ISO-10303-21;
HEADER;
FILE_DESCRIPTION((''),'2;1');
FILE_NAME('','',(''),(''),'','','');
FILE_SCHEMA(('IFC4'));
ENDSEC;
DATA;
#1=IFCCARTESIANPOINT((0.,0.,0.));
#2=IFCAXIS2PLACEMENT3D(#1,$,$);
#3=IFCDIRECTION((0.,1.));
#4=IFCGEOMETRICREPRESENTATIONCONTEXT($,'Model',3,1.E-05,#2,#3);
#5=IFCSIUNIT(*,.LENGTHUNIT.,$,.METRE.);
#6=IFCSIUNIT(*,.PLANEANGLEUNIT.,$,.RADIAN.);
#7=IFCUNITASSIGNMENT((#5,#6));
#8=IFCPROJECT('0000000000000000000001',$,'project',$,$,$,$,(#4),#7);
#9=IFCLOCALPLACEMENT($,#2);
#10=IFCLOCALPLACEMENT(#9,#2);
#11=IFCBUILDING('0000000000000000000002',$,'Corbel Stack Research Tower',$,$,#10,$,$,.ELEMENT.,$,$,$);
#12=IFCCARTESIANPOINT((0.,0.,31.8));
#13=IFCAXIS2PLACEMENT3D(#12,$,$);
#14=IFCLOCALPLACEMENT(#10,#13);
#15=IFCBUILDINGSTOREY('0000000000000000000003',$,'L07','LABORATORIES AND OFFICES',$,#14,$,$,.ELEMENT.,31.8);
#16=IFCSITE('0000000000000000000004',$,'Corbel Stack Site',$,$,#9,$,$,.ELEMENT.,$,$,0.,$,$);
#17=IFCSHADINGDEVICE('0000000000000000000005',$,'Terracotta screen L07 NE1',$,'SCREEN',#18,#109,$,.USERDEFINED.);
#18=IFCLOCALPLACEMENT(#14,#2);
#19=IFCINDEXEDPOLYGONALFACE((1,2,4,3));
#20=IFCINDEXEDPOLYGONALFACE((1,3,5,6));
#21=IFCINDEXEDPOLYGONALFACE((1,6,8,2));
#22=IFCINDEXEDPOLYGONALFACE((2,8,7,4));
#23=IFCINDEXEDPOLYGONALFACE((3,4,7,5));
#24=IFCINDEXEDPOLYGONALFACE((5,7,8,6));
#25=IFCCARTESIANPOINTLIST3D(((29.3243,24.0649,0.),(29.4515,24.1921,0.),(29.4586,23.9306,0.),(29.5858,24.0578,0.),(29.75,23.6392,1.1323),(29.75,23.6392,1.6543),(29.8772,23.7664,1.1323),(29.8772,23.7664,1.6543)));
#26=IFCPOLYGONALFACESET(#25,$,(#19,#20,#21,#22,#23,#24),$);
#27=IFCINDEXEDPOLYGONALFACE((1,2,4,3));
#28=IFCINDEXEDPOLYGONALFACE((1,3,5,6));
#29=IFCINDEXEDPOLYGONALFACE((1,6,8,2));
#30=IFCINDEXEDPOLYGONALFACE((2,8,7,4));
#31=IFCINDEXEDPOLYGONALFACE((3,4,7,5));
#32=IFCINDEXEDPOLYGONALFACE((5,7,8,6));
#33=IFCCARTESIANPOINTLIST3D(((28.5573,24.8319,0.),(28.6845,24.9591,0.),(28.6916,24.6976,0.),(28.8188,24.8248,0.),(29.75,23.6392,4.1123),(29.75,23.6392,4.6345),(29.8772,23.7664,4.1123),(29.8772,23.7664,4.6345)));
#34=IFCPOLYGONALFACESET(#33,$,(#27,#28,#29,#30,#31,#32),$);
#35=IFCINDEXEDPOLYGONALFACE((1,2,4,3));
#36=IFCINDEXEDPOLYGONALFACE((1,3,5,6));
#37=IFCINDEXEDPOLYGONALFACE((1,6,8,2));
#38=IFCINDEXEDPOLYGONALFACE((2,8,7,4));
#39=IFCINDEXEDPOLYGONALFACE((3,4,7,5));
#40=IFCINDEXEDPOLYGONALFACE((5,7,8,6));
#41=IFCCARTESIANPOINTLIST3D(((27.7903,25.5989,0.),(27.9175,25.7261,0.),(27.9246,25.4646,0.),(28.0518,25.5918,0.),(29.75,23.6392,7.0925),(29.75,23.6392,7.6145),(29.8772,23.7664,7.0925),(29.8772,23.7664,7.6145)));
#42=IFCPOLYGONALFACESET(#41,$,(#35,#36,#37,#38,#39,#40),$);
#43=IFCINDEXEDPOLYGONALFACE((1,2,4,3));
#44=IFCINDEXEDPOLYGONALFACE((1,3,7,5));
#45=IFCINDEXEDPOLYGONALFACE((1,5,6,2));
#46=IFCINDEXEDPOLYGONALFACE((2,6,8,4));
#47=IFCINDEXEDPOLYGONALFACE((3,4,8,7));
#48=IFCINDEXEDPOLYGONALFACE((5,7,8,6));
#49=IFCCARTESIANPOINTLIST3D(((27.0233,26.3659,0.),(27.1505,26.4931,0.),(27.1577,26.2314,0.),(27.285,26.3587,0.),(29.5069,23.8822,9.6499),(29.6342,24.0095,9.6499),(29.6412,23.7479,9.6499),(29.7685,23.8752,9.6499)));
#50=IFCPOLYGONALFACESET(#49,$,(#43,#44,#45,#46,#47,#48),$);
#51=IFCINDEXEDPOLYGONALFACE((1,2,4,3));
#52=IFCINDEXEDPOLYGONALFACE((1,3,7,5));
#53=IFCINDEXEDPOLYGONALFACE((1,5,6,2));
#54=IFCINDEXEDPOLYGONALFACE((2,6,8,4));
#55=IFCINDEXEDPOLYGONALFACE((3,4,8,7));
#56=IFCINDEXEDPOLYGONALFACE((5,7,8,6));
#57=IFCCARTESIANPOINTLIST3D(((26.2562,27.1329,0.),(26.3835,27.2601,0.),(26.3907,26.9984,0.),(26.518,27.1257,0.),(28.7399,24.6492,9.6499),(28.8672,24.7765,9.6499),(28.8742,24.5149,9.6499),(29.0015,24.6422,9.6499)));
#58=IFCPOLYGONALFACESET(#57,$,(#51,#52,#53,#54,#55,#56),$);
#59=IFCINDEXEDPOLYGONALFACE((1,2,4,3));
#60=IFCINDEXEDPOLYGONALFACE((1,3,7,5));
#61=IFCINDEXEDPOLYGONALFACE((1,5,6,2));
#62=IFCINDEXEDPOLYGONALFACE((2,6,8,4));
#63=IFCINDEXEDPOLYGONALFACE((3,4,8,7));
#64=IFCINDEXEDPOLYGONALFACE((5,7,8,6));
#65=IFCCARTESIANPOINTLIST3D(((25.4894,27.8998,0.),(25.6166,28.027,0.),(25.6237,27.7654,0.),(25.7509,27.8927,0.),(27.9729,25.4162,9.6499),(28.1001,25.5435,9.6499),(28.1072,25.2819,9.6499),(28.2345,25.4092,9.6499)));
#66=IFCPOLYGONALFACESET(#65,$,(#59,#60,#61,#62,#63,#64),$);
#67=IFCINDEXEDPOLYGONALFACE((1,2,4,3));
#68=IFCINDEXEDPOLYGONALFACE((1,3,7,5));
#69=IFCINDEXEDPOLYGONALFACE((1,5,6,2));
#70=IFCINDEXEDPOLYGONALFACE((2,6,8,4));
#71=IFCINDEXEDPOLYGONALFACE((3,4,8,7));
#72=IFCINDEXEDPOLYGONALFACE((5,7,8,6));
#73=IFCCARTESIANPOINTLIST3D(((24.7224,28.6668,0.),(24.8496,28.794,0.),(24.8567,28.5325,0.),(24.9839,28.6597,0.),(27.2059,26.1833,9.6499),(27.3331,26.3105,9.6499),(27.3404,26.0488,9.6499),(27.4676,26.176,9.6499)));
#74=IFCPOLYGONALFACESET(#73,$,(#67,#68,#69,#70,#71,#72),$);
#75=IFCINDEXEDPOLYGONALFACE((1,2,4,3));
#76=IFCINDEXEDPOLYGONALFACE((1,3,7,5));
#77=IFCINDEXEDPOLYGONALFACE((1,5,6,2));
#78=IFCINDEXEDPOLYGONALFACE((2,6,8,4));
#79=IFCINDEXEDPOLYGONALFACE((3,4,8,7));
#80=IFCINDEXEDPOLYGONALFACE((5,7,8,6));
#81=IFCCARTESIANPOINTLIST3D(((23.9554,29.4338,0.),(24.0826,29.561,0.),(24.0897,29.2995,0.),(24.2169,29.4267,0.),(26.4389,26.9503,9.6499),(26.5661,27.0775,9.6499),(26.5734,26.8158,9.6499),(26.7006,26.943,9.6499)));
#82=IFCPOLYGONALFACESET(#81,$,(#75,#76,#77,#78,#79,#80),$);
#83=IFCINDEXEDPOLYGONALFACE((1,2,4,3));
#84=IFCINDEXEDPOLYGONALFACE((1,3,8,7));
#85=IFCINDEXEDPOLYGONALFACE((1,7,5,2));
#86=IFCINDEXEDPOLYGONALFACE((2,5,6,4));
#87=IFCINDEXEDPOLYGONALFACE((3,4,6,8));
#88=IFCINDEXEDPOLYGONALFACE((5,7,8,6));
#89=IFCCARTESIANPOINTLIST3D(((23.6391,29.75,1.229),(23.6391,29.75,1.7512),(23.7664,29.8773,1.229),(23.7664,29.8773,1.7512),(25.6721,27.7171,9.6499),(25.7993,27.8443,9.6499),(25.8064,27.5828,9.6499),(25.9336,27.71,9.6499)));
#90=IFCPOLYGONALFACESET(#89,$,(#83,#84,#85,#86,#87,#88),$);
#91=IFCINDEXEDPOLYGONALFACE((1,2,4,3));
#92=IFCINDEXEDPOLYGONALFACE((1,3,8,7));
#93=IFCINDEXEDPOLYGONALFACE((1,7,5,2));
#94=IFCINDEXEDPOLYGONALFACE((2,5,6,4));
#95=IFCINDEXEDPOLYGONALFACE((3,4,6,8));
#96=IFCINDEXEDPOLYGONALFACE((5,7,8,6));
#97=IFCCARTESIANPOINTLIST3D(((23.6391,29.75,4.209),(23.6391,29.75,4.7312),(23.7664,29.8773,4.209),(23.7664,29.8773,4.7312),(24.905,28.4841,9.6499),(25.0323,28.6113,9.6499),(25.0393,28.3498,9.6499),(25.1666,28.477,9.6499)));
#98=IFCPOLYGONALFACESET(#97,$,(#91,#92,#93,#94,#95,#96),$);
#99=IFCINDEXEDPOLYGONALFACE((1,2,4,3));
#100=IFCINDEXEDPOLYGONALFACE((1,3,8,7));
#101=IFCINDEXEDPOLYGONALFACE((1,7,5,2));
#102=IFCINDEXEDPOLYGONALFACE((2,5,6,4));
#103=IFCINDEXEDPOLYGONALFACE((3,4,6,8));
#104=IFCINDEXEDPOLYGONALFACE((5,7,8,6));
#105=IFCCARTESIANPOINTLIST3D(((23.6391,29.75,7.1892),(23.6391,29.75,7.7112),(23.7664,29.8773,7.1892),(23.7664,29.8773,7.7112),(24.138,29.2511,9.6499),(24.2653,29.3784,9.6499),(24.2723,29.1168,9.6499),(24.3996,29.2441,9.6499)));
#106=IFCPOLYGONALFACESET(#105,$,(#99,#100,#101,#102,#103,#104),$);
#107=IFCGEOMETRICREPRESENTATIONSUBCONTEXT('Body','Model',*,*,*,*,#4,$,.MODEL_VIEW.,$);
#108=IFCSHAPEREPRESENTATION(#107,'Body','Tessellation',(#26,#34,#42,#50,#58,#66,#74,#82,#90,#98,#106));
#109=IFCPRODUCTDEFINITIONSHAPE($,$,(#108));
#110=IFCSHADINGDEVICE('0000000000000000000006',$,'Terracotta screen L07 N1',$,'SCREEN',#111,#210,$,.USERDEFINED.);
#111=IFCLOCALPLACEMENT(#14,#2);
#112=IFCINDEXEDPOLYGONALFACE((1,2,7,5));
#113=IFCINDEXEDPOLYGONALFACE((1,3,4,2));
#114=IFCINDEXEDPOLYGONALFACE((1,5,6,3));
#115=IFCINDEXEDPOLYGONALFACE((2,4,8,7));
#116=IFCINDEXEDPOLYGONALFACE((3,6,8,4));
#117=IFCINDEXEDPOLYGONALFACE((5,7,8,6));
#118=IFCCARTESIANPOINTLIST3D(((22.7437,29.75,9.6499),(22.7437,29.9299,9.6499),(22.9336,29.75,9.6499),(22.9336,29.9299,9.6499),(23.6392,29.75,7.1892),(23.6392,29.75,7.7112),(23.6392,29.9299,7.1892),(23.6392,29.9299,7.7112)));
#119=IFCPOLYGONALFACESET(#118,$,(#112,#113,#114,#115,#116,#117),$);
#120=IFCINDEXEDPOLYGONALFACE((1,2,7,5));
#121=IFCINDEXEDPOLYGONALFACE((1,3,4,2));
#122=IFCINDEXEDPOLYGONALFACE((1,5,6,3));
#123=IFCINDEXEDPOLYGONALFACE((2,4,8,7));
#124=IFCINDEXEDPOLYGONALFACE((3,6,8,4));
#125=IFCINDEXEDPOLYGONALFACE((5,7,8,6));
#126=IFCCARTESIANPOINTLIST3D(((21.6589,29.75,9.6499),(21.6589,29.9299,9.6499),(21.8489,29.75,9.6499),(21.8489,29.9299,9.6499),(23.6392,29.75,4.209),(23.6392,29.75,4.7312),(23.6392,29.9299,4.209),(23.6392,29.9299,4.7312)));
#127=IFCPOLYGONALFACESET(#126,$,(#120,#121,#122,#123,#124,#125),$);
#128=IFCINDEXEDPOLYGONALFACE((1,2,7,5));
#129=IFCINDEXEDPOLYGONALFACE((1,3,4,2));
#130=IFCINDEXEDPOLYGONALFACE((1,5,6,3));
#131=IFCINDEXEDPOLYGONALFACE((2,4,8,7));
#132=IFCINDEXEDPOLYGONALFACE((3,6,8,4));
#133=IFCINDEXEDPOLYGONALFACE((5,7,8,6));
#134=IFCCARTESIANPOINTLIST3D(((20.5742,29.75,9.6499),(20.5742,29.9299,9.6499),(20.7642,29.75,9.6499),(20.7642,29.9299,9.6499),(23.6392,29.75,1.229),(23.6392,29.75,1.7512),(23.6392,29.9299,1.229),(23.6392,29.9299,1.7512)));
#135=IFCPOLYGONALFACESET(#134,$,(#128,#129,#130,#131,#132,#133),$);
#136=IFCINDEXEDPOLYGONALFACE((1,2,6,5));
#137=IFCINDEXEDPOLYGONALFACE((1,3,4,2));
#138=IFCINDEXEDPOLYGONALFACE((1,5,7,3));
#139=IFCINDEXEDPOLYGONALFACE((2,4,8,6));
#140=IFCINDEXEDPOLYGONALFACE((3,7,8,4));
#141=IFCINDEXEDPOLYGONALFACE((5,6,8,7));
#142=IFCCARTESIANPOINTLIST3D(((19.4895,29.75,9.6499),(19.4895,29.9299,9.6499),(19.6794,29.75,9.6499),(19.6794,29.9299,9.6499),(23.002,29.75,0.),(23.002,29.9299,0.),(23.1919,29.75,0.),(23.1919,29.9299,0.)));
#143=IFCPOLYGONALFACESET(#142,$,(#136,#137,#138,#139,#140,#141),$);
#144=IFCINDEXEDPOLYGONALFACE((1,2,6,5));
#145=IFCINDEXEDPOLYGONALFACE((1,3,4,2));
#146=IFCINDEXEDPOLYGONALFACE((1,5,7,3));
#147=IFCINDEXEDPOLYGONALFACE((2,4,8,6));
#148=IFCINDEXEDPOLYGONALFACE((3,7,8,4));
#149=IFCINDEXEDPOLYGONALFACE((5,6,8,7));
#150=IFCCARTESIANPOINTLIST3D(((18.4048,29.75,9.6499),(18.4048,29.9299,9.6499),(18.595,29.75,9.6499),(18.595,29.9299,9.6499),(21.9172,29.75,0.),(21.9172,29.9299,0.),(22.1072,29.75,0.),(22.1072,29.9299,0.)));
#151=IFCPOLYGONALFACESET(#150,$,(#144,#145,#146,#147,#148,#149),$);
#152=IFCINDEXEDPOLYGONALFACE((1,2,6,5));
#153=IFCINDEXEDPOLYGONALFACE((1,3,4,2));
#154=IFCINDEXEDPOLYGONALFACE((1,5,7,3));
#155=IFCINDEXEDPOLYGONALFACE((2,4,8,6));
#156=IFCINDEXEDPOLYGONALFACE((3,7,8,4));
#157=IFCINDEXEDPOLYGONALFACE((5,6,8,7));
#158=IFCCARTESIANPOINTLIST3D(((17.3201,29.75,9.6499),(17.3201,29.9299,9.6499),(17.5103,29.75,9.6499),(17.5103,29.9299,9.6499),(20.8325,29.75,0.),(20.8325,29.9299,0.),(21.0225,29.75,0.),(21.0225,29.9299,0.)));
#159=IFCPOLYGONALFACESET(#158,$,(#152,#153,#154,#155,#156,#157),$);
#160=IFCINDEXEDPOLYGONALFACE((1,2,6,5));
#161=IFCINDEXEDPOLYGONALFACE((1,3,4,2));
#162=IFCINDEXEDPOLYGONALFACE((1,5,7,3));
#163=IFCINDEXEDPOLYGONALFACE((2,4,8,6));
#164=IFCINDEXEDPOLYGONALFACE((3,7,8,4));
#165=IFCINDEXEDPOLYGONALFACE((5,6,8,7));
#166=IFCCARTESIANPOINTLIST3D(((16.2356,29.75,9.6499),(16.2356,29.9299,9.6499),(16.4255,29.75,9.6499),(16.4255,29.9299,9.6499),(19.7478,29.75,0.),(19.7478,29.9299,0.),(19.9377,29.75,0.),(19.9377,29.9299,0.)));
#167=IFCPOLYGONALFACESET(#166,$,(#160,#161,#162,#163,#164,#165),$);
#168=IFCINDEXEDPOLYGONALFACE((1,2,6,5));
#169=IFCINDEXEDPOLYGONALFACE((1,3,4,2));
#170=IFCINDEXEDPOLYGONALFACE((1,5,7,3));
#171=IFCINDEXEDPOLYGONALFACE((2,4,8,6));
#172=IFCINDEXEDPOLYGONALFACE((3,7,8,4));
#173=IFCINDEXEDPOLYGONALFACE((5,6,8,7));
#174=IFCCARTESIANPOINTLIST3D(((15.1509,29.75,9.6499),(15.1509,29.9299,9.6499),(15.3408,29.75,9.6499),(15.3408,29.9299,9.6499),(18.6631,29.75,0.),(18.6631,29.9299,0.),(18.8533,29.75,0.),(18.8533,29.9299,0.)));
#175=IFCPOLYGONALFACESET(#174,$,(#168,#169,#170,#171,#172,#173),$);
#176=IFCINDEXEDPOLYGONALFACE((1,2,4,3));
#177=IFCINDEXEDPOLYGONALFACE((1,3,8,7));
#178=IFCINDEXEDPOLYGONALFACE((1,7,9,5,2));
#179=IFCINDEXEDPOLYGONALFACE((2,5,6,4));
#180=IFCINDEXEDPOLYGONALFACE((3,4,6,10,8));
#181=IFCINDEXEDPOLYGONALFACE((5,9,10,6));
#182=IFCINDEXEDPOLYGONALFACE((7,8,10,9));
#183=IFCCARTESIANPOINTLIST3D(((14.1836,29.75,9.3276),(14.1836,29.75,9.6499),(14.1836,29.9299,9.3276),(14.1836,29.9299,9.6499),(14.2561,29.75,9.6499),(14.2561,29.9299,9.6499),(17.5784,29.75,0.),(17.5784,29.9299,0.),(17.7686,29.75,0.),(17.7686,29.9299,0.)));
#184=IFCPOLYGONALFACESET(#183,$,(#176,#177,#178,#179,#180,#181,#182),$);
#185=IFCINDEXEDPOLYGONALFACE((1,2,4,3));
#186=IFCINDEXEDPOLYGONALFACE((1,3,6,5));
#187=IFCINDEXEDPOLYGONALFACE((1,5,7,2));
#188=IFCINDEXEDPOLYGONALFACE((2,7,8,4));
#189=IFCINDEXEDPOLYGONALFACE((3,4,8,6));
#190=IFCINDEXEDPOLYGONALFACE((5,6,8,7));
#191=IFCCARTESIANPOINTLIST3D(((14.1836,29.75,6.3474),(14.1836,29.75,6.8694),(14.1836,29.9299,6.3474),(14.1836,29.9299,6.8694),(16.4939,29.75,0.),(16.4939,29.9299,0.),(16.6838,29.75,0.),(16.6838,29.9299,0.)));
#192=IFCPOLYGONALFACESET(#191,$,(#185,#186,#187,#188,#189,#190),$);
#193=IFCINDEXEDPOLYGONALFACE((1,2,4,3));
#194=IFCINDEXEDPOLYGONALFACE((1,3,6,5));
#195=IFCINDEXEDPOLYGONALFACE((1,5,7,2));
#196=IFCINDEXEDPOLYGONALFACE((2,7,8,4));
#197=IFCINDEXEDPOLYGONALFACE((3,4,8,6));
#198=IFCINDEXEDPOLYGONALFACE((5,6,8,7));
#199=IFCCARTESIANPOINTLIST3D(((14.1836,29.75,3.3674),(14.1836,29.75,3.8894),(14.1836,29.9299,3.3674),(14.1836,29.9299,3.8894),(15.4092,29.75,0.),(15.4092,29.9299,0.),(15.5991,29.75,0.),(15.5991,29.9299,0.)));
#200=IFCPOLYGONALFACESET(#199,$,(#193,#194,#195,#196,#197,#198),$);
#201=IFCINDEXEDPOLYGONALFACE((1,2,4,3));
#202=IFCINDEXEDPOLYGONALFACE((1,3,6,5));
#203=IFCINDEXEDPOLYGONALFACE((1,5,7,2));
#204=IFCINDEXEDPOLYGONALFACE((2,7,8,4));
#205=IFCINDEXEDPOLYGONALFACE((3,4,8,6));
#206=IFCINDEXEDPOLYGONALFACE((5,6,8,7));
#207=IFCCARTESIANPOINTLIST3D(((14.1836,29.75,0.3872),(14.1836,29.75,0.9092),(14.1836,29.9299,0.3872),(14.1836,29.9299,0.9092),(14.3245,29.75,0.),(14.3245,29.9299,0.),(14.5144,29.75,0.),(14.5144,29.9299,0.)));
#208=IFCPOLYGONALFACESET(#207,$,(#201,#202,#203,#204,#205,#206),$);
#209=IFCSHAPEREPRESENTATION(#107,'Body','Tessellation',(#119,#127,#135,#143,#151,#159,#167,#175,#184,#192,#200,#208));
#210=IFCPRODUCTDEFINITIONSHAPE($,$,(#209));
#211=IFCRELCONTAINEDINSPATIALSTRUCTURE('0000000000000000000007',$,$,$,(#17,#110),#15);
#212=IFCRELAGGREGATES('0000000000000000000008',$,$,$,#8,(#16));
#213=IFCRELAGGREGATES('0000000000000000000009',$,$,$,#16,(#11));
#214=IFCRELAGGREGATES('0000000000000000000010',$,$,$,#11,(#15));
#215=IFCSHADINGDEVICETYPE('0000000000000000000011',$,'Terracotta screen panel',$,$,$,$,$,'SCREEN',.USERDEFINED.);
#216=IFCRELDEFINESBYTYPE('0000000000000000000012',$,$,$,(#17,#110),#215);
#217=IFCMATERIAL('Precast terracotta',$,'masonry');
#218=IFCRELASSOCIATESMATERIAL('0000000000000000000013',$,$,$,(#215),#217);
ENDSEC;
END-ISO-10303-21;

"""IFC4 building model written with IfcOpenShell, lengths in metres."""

from ifc_helpers import new_model, si_unit, direction, frame, origin, place, context, subcontext, project, spatial, polyline, outline, extrude, source, transform, mapped, material, type_object, element, save


model = new_model("IFC4")

# Units and contexts
model_context = context("Model", 3, precision=1e-05, world=origin(), true_north=direction((0.0, 1.0)))
body_context = subcontext(model_context, "Body", "Model", "MODEL_VIEW")
ifc_project = project(units=[si_unit("LENGTHUNIT", "METRE"), si_unit("PLANEANGLEUNIT", "RADIAN")], contexts=[model_context])

# Site, building, storey
site_placement = place(None, origin())
site = spatial("IfcSite", under=ifc_project, at=site_placement, Name="Corbel Stack Site", CompositionType="ELEMENT", RefElevation=0.0)
building_placement = place(site_placement, origin())
building = spatial("IfcBuilding", under=site, at=building_placement, Name="Corbel Stack Research Tower", CompositionType="ELEMENT")
storey_placement = place(building_placement, frame((0.0, 0.0, 31.8)))
storey = spatial("IfcBuildingStorey", under=building, at=storey_placement, Name="L07", Description="LABORATORIES AND OFFICES", CompositionType="ELEMENT", Elevation=31.8)

# Shading devices
ifc_material_1 = material(Name="Precast terracotta", Category="masonry")
shading_device_type = type_object("IfcShadingDeviceType", Name="Terracotta screen panel", ElementType="SCREEN", PredefinedType="USERDEFINED", material=ifc_material_1)
shared_shape_1 = source(origin(), body_context, "Body", "SweptSolid", [
    extrude(outline(polyline([(0.6021, 0.0), (0.0, 1.6543), (0.0, 1.1323), (0.4121, 0.0), (0.6021, 0.0)])), frame((0.0, 0.0, 0.0), z_axis=(0.0, -1.0, 0.0), x_axis=(1.0, 0.0, 0.0)), (0.0, 0.0, 1.0), 0.1799),
    extrude(outline(polyline([(1.6868, 0.0), (0.0, 4.6345), (0.0, 4.1123), (1.4968, 0.0), (1.6868, 0.0)])), frame((0.0, 0.0, 0.0), z_axis=(0.0, -1.0, 0.0), x_axis=(1.0, 0.0, 0.0)), (0.0, 0.0, 1.0), 0.1799),
    extrude(outline(polyline([(2.7715, 0.0), (0.0, 7.6145), (0.0, 7.0925), (2.5815, 0.0), (2.7715, 0.0)])), frame((0.0, 0.0, 0.0), z_axis=(0.0, -1.0, 0.0), x_axis=(1.0, 0.0, 0.0)), (0.0, 0.0, 1.0), 0.1799),
    extrude(outline(polyline([(3.8562, 0.0), (0.3438, 9.6499), (0.1538, 9.6499), (3.666, 0.0), (3.8562, 0.0)])), frame((0.0, 0.0, 0.0), z_axis=(0.0, -1.0, 0.0), x_axis=(1.0, 0.0, 0.0)), (0.0, 0.0, 1.0), 0.1799),
    extrude(outline(polyline([(4.9409, 0.0), (1.4285, 9.6499), (1.2385, 9.6499), (4.7507, 0.0), (4.9409, 0.0)])), frame((0.0, 0.0, 0.0), z_axis=(0.0, -1.0, 0.0), x_axis=(1.0, 0.0, 0.0)), (0.0, 0.0, 1.0), 0.1799),
    extrude(outline(polyline([(6.0254, 0.0), (2.5132, 9.6499), (2.3232, 9.6499), (5.8354, 0.0), (6.0254, 0.0)])), frame((0.0, 0.0, 0.0), z_axis=(0.0, -1.0, 0.0), x_axis=(1.0, 0.0, 0.0)), (0.0, 0.0, 1.0), 0.1799),
    extrude(outline(polyline([(7.1101, 0.0), (3.5979, 9.6499), (3.4077, 9.6499), (6.9202, 0.0), (7.1101, 0.0)])), frame((0.0, 0.0, 0.0), z_axis=(0.0, -1.0, 0.0), x_axis=(1.0, 0.0, 0.0)), (0.0, 0.0, 1.0), 0.1799),
    extrude(outline(polyline([(8.1948, 0.0), (4.6826, 9.6499), (4.4924, 9.6499), (8.0049, 0.0), (8.1948, 0.0)])), frame((0.0, 0.0, 0.0), z_axis=(0.0, -1.0, 0.0), x_axis=(1.0, 0.0, 0.0)), (0.0, 0.0, 1.0), 0.1799),
    extrude(outline(polyline([(5.7671, 9.6499), (5.5771, 9.6499), (8.6421, 1.229), (8.6421, 1.7512), (5.7671, 9.6499)])), frame((0.0, 0.0, 0.0), z_axis=(0.0, -1.0, 0.0), x_axis=(1.0, 0.0, 0.0)), (0.0, 0.0, 1.0), 0.1799),
    extrude(outline(polyline([(6.8518, 9.6499), (6.6619, 9.6499), (8.6421, 4.209), (8.6421, 4.7312), (6.8518, 9.6499)])), frame((0.0, 0.0, 0.0), z_axis=(0.0, -1.0, 0.0), x_axis=(1.0, 0.0, 0.0)), (0.0, 0.0, 1.0), 0.1799),
    extrude(outline(polyline([(7.9365, 9.6499), (7.7466, 9.6499), (8.6421, 7.1892), (8.6421, 7.7112), (7.9365, 9.6499)])), frame((0.0, 0.0, 0.0), z_axis=(0.0, -1.0, 0.0), x_axis=(1.0, 0.0, 0.0)), (0.0, 0.0, 1.0), 0.1799),
])
shading_device_1_placement = place(storey_placement, frame((29.75, 23.6392, 0.0), z_axis=(0.0, 0.0, 1.0), x_axis=(-0.707107, 0.707107, 0.0)))
element("IfcShadingDevice", 1, at=shading_device_1_placement, inside=storey, type_object=shading_device_type, Name="Terracotta screen L07 NE1", ObjectType="SCREEN", PredefinedType="USERDEFINED", context=body_context, shape_type="MappedRepresentation", body=[
    mapped(shared_shape_1, transform((0.0, 0.0, 0.0))),
])
shared_shape_2 = source(origin(), body_context, "Body", "SweptSolid", [
    extrude(outline(polyline([(0.8955, 9.6499), (0.7056, 9.6499), (0.0, 7.7112), (0.0, 7.1892), (0.8955, 9.6499)])), frame((0.0, 0.0, 0.0), z_axis=(0.0, -1.0, 0.0), x_axis=(1.0, 0.0, 0.0)), (0.0, 0.0, 1.0), 0.1799),
    extrude(outline(polyline([(1.9802, 9.6499), (1.7903, 9.6499), (0.0, 4.7312), (0.0, 4.209), (1.9802, 9.6499)])), frame((0.0, 0.0, 0.0), z_axis=(0.0, -1.0, 0.0), x_axis=(1.0, 0.0, 0.0)), (0.0, 0.0, 1.0), 0.1799),
    extrude(outline(polyline([(3.0649, 9.6499), (2.875, 9.6499), (0.0, 1.7512), (0.0, 1.229), (3.0649, 9.6499)])), frame((0.0, 0.0, 0.0), z_axis=(0.0, -1.0, 0.0), x_axis=(1.0, 0.0, 0.0)), (0.0, 0.0, 1.0), 0.1799),
    extrude(outline(polyline([(0.6372, 0.0), (4.1497, 9.6499), (3.9597, 9.6499), (0.4473, 0.0), (0.6372, 0.0)])), frame((0.0, 0.0, 0.0), z_axis=(0.0, -1.0, 0.0), x_axis=(1.0, 0.0, 0.0)), (0.0, 0.0, 1.0), 0.1799),
    extrude(outline(polyline([(1.7219, 0.0), (5.2344, 9.6499), (5.0442, 9.6499), (1.532, 0.0), (1.7219, 0.0)])), frame((0.0, 0.0, 0.0), z_axis=(0.0, -1.0, 0.0), x_axis=(1.0, 0.0, 0.0)), (0.0, 0.0, 1.0), 0.1799),
    extrude(outline(polyline([(2.8066, 0.0), (6.3191, 9.6499), (6.1289, 9.6499), (2.6167, 0.0), (2.8066, 0.0)])), frame((0.0, 0.0, 0.0), z_axis=(0.0, -1.0, 0.0), x_axis=(1.0, 0.0, 0.0)), (0.0, 0.0, 1.0), 0.1799),
    extrude(outline(polyline([(3.8914, 0.0), (7.4036, 9.6499), (7.2136, 9.6499), (3.7014, 0.0), (3.8914, 0.0)])), frame((0.0, 0.0, 0.0), z_axis=(0.0, -1.0, 0.0), x_axis=(1.0, 0.0, 0.0)), (0.0, 0.0, 1.0), 0.1799),
    extrude(outline(polyline([(4.9761, 0.0), (8.4883, 9.6499), (8.2983, 9.6499), (4.7859, 0.0), (4.9761, 0.0)])), frame((0.0, 0.0, 0.0), z_axis=(0.0, -1.0, 0.0), x_axis=(1.0, 0.0, 0.0)), (0.0, 0.0, 1.0), 0.1799),
    extrude(outline(polyline([(6.0608, 0.0), (9.4556, 9.3276), (9.4556, 9.6499), (9.3831, 9.6499), (5.8706, 0.0), (6.0608, 0.0)])), frame((0.0, 0.0, 0.0), z_axis=(0.0, -1.0, 0.0), x_axis=(1.0, 0.0, 0.0)), (0.0, 0.0, 1.0), 0.1799),
    extrude(outline(polyline([(7.1453, 0.0), (9.4556, 6.3474), (9.4556, 6.8694), (6.9553, 0.0), (7.1453, 0.0)])), frame((0.0, 0.0, 0.0), z_axis=(0.0, -1.0, 0.0), x_axis=(1.0, 0.0, 0.0)), (0.0, 0.0, 1.0), 0.1799),
    extrude(outline(polyline([(8.23, 0.0), (9.4556, 3.3674), (9.4556, 3.8894), (8.04, 0.0), (8.23, 0.0)])), frame((0.0, 0.0, 0.0), z_axis=(0.0, -1.0, 0.0), x_axis=(1.0, 0.0, 0.0)), (0.0, 0.0, 1.0), 0.1799),
    extrude(outline(polyline([(9.3147, 0.0), (9.4556, 0.3872), (9.4556, 0.9092), (9.1248, 0.0), (9.3147, 0.0)])), frame((0.0, 0.0, 0.0), z_axis=(0.0, -1.0, 0.0), x_axis=(1.0, 0.0, 0.0)), (0.0, 0.0, 1.0), 0.1799),
])
shading_device_2_placement = place(storey_placement, frame((23.6392, 29.75, 0.0), z_axis=(0.0, 0.0, 1.0), x_axis=(-1.0, 0.0, 0.0)))
element("IfcShadingDevice", 2, at=shading_device_2_placement, inside=storey, type_object=shading_device_type, Name="Terracotta screen L07 N1", ObjectType="SCREEN", PredefinedType="USERDEFINED", context=body_context, shape_type="MappedRepresentation", body=[
    mapped(shared_shape_2, transform((0.0, 0.0, 0.0))),
])

save(model, "model.ifc")
